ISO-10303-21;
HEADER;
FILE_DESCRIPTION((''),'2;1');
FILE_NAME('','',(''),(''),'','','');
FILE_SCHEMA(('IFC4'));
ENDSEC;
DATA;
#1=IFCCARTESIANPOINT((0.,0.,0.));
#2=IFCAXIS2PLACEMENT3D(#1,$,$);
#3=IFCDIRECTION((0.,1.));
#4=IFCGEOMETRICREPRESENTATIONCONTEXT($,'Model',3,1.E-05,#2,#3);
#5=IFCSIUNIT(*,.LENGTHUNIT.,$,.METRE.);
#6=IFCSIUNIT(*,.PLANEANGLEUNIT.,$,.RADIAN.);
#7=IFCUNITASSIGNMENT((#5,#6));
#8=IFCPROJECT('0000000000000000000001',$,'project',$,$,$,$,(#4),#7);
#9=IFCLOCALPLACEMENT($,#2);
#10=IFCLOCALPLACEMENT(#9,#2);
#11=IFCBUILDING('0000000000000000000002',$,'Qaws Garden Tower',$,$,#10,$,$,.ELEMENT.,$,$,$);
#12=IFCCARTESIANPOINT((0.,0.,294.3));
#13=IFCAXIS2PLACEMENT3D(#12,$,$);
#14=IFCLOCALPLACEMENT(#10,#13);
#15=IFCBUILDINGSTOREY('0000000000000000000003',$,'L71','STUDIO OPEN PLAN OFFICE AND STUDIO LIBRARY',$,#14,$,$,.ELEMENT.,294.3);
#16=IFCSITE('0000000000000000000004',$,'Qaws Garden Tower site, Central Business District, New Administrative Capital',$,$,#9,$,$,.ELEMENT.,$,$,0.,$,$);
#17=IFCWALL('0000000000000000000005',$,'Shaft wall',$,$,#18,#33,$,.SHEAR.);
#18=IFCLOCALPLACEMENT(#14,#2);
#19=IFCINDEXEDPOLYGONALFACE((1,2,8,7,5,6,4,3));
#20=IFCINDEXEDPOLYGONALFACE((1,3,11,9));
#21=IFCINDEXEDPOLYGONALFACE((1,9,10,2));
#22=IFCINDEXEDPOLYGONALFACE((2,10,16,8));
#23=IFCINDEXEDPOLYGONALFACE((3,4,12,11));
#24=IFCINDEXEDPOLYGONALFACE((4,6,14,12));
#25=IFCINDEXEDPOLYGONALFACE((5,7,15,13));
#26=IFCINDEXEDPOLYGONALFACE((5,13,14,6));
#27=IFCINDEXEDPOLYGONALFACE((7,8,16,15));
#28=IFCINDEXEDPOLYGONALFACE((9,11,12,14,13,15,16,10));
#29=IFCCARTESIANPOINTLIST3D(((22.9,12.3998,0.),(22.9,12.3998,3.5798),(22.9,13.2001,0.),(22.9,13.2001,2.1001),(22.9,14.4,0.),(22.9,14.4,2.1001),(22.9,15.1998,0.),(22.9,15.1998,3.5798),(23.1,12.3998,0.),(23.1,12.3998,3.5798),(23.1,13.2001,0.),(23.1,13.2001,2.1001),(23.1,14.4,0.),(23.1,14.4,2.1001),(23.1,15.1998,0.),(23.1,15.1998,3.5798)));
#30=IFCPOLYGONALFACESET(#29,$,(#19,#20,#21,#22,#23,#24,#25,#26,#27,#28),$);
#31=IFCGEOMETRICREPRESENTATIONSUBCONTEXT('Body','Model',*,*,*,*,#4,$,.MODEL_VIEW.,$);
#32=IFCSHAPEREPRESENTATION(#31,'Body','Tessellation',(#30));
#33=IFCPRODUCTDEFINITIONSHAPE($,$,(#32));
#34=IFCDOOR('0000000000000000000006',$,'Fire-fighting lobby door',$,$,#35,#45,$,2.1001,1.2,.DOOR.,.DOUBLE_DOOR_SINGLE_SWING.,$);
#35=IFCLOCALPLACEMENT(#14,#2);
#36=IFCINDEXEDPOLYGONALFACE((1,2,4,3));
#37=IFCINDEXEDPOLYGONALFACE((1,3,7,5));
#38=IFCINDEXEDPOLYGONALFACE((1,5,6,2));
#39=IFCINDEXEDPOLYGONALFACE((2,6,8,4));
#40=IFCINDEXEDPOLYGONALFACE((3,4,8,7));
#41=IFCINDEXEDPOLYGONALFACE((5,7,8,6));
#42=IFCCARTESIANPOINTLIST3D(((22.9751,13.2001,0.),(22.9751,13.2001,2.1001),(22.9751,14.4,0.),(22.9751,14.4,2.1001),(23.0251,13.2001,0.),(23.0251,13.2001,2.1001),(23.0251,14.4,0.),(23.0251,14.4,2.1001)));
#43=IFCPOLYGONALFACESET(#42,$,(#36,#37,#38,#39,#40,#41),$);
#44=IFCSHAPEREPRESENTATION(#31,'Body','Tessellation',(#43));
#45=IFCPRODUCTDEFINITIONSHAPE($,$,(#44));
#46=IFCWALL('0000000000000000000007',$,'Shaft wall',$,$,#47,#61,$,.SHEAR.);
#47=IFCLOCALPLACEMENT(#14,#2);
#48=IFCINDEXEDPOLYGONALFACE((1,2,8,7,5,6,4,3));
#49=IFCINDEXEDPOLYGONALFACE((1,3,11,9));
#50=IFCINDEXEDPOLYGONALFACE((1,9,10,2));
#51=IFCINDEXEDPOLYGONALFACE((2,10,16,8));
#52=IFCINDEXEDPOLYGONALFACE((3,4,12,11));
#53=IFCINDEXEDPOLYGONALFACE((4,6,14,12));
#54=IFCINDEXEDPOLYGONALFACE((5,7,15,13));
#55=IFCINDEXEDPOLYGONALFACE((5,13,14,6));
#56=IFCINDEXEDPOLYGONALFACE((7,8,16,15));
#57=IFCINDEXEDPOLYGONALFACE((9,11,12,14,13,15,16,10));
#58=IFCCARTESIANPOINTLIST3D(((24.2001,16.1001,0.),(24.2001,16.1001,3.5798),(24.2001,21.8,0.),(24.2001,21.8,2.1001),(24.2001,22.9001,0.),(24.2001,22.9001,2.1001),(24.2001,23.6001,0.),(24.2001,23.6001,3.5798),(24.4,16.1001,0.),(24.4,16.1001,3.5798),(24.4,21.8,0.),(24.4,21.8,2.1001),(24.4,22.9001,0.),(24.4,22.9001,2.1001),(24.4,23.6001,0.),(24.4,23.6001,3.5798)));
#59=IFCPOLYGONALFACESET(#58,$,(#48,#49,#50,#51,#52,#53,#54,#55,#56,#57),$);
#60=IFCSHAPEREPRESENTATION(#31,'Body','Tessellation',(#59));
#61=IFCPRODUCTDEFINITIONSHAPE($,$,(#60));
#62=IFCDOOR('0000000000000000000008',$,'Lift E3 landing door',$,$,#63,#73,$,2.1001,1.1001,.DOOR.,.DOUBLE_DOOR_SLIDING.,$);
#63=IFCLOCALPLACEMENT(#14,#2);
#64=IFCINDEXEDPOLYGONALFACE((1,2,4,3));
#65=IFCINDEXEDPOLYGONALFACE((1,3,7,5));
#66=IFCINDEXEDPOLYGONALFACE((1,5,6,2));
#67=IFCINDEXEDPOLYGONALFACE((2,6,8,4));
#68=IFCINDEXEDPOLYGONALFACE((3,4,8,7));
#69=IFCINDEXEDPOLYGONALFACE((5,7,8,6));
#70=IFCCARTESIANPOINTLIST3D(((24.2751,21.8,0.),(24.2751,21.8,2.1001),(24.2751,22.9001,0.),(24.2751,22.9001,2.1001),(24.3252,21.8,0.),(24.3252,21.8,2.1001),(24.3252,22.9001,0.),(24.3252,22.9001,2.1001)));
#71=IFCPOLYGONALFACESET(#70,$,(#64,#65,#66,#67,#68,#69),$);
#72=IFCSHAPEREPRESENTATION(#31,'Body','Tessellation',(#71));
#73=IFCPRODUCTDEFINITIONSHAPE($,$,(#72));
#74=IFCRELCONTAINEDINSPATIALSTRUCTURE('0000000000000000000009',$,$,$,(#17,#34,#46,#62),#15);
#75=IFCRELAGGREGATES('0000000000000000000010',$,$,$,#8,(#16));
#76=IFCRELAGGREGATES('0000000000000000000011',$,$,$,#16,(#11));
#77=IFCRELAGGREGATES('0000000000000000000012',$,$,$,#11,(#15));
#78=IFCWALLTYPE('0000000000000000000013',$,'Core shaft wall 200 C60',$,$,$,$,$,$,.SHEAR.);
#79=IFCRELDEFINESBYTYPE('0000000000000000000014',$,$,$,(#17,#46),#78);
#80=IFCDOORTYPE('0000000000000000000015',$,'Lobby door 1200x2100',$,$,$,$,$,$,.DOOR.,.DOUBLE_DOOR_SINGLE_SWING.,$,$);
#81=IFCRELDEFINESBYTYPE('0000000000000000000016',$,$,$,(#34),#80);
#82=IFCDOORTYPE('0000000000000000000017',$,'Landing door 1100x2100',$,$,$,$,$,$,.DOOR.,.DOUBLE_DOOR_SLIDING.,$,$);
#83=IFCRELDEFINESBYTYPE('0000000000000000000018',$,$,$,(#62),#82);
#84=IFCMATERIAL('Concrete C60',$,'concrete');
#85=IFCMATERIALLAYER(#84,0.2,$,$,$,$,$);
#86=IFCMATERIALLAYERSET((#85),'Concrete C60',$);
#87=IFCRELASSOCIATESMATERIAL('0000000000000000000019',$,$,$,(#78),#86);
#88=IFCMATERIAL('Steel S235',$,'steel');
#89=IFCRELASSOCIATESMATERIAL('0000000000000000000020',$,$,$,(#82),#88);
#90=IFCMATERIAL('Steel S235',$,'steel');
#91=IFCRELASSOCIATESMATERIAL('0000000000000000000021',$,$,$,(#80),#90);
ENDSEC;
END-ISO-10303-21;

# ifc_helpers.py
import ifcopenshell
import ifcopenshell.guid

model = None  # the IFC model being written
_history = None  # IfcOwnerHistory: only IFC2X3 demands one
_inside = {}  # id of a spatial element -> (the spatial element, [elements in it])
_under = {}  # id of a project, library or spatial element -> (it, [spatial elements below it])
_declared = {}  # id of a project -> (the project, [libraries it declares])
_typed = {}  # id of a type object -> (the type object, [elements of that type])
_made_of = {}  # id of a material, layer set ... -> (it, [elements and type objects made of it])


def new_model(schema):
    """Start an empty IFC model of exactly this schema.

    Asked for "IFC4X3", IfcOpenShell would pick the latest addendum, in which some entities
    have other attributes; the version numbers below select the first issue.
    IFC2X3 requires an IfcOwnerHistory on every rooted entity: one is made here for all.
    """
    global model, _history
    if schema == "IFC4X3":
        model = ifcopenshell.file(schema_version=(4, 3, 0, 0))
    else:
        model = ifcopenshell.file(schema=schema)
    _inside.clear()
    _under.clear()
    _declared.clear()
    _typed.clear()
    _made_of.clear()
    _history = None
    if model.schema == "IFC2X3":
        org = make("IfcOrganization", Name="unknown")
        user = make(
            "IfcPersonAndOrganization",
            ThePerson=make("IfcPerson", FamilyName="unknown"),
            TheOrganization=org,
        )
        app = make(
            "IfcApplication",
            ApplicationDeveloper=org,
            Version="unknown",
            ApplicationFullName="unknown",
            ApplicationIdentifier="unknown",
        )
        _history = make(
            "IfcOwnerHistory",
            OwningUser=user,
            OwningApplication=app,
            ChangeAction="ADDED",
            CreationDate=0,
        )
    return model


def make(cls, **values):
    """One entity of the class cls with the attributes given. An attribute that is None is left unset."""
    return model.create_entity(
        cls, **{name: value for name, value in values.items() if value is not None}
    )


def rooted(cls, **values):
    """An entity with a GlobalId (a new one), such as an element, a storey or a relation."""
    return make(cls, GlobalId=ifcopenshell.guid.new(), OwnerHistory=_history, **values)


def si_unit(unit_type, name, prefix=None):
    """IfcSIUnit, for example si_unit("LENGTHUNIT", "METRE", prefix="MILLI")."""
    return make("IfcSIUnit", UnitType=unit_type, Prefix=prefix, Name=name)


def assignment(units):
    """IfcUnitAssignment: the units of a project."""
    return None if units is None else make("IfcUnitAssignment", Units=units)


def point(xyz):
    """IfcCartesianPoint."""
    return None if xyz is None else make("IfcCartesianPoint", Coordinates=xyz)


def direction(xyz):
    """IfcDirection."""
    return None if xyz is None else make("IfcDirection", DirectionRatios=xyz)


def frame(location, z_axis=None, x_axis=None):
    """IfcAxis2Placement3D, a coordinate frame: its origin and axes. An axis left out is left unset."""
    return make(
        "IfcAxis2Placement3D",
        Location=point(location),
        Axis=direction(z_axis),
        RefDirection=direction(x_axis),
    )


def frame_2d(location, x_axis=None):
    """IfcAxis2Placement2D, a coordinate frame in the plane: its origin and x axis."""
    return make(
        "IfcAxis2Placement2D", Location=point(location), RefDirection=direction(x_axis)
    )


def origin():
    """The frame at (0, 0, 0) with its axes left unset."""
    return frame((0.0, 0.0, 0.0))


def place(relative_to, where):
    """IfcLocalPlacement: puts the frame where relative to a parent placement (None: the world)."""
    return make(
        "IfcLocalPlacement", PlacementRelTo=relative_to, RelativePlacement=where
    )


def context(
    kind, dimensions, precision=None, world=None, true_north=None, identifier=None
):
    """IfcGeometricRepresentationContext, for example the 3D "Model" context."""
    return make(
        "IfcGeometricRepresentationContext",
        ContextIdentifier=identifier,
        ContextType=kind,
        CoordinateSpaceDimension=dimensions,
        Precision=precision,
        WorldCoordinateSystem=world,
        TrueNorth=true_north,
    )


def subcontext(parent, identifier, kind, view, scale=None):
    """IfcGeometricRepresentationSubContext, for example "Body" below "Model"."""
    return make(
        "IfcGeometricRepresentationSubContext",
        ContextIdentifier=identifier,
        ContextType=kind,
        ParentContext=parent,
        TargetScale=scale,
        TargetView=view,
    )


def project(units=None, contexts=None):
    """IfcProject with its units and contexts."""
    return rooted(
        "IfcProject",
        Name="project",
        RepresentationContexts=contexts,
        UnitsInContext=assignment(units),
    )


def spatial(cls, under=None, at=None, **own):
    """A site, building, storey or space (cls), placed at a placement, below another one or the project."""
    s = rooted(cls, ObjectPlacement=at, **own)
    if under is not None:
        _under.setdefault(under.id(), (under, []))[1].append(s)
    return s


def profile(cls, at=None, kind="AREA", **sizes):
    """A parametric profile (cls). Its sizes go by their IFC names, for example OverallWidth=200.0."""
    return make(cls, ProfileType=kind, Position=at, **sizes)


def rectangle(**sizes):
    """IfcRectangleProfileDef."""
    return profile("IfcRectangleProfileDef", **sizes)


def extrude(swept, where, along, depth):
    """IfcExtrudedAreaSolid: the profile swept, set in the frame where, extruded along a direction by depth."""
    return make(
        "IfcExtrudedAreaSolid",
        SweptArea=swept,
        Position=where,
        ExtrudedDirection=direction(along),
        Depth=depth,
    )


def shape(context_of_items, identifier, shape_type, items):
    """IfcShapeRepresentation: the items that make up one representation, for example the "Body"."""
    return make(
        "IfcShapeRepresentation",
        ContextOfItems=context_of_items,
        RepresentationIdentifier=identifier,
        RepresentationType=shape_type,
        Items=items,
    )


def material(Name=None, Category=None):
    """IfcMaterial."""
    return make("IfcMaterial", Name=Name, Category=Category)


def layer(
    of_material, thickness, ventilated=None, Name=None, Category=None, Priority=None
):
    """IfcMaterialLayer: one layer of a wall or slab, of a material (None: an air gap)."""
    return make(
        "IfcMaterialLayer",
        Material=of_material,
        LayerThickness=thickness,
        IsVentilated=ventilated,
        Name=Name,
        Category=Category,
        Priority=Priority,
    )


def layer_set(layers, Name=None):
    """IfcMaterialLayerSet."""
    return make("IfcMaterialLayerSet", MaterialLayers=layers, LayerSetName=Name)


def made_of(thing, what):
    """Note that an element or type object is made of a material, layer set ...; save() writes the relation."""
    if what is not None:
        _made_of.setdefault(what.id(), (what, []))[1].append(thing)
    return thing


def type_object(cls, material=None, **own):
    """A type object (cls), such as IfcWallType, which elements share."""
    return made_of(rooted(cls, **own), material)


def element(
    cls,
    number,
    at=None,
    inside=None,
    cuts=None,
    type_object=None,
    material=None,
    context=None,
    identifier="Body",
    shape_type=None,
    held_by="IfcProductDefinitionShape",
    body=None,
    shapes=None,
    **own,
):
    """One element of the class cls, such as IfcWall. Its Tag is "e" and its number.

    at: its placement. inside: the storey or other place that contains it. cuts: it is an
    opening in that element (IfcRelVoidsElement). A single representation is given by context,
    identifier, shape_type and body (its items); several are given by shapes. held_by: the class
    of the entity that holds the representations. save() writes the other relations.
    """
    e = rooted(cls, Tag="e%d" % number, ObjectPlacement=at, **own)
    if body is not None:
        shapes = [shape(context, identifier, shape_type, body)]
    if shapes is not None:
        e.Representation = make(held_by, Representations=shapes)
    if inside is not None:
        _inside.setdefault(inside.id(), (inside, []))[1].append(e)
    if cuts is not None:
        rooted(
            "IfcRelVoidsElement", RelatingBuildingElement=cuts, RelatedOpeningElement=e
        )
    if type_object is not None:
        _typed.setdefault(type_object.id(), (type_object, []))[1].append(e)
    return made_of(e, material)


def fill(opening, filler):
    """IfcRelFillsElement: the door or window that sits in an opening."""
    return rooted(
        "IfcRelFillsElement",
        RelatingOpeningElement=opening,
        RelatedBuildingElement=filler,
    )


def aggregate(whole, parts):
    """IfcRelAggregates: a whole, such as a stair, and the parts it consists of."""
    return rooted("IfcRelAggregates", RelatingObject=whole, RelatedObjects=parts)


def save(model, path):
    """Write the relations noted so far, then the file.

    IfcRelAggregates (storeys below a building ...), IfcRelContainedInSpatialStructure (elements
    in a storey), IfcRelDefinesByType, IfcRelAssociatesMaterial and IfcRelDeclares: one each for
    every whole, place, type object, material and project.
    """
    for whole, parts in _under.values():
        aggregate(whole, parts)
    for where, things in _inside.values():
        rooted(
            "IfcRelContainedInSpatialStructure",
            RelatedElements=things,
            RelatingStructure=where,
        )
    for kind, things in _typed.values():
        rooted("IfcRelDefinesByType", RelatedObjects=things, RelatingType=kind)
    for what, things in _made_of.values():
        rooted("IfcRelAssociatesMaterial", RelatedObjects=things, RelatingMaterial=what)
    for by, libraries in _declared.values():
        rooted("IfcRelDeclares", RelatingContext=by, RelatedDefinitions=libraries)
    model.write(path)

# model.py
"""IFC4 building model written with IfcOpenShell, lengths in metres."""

from ifc_helpers import new_model, si_unit, direction, frame, frame_2d, origin, place, context, subcontext, project, spatial, rectangle, extrude, material, layer, layer_set, type_object, element, fill, save


model = new_model("IFC4")

# Units and contexts
model_context = context("Model", 3, precision=1e-05, world=origin(), true_north=direction((0.0, 1.0)))
body_context = subcontext(model_context, "Body", "Model", "MODEL_VIEW")
ifc_project = project(units=[si_unit("LENGTHUNIT", "METRE"), si_unit("PLANEANGLEUNIT", "RADIAN")], contexts=[model_context])

# Site, building, storey
site_placement = place(None, origin())
site = spatial("IfcSite", under=ifc_project, at=site_placement, Name="Qaws Garden Tower site, Central Business District, New Administrative Capital", CompositionType="ELEMENT", RefElevation=0.0)
building_placement = place(site_placement, origin())
building = spatial("IfcBuilding", under=site, at=building_placement, Name="Qaws Garden Tower", CompositionType="ELEMENT")
storey_placement = place(building_placement, frame((0.0, 0.0, 294.3)))
storey = spatial("IfcBuildingStorey", under=building, at=storey_placement, Name="L71", Description="STUDIO OPEN PLAN OFFICE AND STUDIO LIBRARY", CompositionType="ELEMENT", Elevation=294.3)

# Shared definitions
ifc_material_1 = material(Name="Concrete C60", Category="concrete")
ifc_layer_1 = layer(ifc_material_1, 0.2)
ifc_layer_set_1 = layer_set([ifc_layer_1], Name="Concrete C60")
wall_type_1 = type_object("IfcWallType", Name="Core shaft wall 200 C60", PredefinedType="SHEAR", material=ifc_layer_set_1)
ifc_material_2 = material(Name="Steel S235", Category="steel")
door_type_1 = type_object("IfcDoorType", Name="Landing door 1100x2100", OperationType="DOUBLE_DOOR_SLIDING", PredefinedType="DOOR", material=ifc_material_2)

# Walls, openings, doors
wall_1_placement = place(storey_placement, frame((23.0, 12.3999, 0.0), z_axis=(0.0, 0.0, 1.0), x_axis=(0.0, 1.0, 0.0)))
wall_1 = element("IfcWall", 1, at=wall_1_placement, inside=storey, type_object=wall_type_1, Name="Shaft wall", PredefinedType="SHEAR", context=body_context, shape_type="SweptSolid", body=[
    extrude(rectangle(XDim=2.8, YDim=0.2, at=frame_2d((1.3999, 0.0))), origin(), (0.0, 0.0, 1.0), 3.5798),
])
opening_1_placement = place(wall_1_placement, frame((0.8, 0.0, 0.0)))
opening_1 = element("IfcOpeningElement", 2, at=opening_1_placement, cuts=wall_1, PredefinedType="OPENING", context=body_context, shape_type="SweptSolid", body=[
    extrude(rectangle(XDim=1.2, YDim=2.1001, at=frame_2d((0.6001, 1.05))), frame((0.0, 0.1099, 0.0), z_axis=(0.0, -1.0, 0.0), x_axis=(1.0, 0.0, 0.0)), (0.0, 0.0, 1.0), 0.22),
])
ifc_material_3 = material(Name="Steel S235", Category="steel")
door_type_2 = type_object("IfcDoorType", Name="Lobby door 1200x2100", OperationType="DOUBLE_DOOR_SINGLE_SWING", PredefinedType="DOOR", material=ifc_material_3)
door_1_placement = place(opening_1_placement, origin())
door_1 = element("IfcDoor", 3, at=door_1_placement, inside=storey, type_object=door_type_2, Name="Fire-fighting lobby door", OperationType="DOUBLE_DOOR_SINGLE_SWING", OverallHeight=2.1001, OverallWidth=1.2, PredefinedType="DOOR", context=body_context, shape_type="SweptSolid", body=[
    extrude(rectangle(XDim=1.2, YDim=2.1001, at=frame_2d((0.6001, 1.05))), frame((0.0, 0.0249, 0.0), z_axis=(0.0, -1.0, 0.0), x_axis=(1.0, 0.0, 0.0)), (0.0, 0.0, 1.0), 0.05),
])
fill(opening_1, door_1)
wall_2_placement = place(storey_placement, frame((24.3, 16.1001, 0.0), z_axis=(0.0, 0.0, 1.0), x_axis=(0.0, 1.0, 0.0)))
wall_2 = element("IfcWall", 4, at=wall_2_placement, inside=storey, type_object=wall_type_1, Name="Shaft wall", PredefinedType="SHEAR", context=body_context, shape_type="SweptSolid", body=[
    extrude(rectangle(XDim=7.5, YDim=0.2, at=frame_2d((3.75, 0.0))), origin(), (0.0, 0.0, 1.0), 3.5798),
])
opening_2_placement = place(wall_2_placement, frame((5.7, 0.0, 0.0)))
opening_2 = element("IfcOpeningElement", 5, at=opening_2_placement, cuts=wall_2, PredefinedType="OPENING", context=body_context, shape_type="SweptSolid", body=[
    extrude(rectangle(XDim=1.1001, YDim=2.1001, at=frame_2d((0.55, 1.05))), frame((0.0, 0.1099, 0.0), z_axis=(0.0, -1.0, 0.0), x_axis=(1.0, 0.0, 0.0)), (0.0, 0.0, 1.0), 0.22),
])
door_2_placement = place(opening_2_placement, origin())
door_2 = element("IfcDoor", 6, at=door_2_placement, inside=storey, type_object=door_type_1, Name="Lift E3 landing door", OperationType="DOUBLE_DOOR_SLIDING", OverallHeight=2.1001, OverallWidth=1.1001, PredefinedType="DOOR", context=body_context, shape_type="SweptSolid", body=[
    extrude(rectangle(XDim=1.1001, YDim=2.1001, at=frame_2d((0.55, 1.05))), frame((0.0, 0.0249, 0.0), z_axis=(0.0, -1.0, 0.0), x_axis=(1.0, 0.0, 0.0)), (0.0, 0.0, 1.0), 0.05),
])
fill(opening_2, door_2)

save(model, "model.ifc")
